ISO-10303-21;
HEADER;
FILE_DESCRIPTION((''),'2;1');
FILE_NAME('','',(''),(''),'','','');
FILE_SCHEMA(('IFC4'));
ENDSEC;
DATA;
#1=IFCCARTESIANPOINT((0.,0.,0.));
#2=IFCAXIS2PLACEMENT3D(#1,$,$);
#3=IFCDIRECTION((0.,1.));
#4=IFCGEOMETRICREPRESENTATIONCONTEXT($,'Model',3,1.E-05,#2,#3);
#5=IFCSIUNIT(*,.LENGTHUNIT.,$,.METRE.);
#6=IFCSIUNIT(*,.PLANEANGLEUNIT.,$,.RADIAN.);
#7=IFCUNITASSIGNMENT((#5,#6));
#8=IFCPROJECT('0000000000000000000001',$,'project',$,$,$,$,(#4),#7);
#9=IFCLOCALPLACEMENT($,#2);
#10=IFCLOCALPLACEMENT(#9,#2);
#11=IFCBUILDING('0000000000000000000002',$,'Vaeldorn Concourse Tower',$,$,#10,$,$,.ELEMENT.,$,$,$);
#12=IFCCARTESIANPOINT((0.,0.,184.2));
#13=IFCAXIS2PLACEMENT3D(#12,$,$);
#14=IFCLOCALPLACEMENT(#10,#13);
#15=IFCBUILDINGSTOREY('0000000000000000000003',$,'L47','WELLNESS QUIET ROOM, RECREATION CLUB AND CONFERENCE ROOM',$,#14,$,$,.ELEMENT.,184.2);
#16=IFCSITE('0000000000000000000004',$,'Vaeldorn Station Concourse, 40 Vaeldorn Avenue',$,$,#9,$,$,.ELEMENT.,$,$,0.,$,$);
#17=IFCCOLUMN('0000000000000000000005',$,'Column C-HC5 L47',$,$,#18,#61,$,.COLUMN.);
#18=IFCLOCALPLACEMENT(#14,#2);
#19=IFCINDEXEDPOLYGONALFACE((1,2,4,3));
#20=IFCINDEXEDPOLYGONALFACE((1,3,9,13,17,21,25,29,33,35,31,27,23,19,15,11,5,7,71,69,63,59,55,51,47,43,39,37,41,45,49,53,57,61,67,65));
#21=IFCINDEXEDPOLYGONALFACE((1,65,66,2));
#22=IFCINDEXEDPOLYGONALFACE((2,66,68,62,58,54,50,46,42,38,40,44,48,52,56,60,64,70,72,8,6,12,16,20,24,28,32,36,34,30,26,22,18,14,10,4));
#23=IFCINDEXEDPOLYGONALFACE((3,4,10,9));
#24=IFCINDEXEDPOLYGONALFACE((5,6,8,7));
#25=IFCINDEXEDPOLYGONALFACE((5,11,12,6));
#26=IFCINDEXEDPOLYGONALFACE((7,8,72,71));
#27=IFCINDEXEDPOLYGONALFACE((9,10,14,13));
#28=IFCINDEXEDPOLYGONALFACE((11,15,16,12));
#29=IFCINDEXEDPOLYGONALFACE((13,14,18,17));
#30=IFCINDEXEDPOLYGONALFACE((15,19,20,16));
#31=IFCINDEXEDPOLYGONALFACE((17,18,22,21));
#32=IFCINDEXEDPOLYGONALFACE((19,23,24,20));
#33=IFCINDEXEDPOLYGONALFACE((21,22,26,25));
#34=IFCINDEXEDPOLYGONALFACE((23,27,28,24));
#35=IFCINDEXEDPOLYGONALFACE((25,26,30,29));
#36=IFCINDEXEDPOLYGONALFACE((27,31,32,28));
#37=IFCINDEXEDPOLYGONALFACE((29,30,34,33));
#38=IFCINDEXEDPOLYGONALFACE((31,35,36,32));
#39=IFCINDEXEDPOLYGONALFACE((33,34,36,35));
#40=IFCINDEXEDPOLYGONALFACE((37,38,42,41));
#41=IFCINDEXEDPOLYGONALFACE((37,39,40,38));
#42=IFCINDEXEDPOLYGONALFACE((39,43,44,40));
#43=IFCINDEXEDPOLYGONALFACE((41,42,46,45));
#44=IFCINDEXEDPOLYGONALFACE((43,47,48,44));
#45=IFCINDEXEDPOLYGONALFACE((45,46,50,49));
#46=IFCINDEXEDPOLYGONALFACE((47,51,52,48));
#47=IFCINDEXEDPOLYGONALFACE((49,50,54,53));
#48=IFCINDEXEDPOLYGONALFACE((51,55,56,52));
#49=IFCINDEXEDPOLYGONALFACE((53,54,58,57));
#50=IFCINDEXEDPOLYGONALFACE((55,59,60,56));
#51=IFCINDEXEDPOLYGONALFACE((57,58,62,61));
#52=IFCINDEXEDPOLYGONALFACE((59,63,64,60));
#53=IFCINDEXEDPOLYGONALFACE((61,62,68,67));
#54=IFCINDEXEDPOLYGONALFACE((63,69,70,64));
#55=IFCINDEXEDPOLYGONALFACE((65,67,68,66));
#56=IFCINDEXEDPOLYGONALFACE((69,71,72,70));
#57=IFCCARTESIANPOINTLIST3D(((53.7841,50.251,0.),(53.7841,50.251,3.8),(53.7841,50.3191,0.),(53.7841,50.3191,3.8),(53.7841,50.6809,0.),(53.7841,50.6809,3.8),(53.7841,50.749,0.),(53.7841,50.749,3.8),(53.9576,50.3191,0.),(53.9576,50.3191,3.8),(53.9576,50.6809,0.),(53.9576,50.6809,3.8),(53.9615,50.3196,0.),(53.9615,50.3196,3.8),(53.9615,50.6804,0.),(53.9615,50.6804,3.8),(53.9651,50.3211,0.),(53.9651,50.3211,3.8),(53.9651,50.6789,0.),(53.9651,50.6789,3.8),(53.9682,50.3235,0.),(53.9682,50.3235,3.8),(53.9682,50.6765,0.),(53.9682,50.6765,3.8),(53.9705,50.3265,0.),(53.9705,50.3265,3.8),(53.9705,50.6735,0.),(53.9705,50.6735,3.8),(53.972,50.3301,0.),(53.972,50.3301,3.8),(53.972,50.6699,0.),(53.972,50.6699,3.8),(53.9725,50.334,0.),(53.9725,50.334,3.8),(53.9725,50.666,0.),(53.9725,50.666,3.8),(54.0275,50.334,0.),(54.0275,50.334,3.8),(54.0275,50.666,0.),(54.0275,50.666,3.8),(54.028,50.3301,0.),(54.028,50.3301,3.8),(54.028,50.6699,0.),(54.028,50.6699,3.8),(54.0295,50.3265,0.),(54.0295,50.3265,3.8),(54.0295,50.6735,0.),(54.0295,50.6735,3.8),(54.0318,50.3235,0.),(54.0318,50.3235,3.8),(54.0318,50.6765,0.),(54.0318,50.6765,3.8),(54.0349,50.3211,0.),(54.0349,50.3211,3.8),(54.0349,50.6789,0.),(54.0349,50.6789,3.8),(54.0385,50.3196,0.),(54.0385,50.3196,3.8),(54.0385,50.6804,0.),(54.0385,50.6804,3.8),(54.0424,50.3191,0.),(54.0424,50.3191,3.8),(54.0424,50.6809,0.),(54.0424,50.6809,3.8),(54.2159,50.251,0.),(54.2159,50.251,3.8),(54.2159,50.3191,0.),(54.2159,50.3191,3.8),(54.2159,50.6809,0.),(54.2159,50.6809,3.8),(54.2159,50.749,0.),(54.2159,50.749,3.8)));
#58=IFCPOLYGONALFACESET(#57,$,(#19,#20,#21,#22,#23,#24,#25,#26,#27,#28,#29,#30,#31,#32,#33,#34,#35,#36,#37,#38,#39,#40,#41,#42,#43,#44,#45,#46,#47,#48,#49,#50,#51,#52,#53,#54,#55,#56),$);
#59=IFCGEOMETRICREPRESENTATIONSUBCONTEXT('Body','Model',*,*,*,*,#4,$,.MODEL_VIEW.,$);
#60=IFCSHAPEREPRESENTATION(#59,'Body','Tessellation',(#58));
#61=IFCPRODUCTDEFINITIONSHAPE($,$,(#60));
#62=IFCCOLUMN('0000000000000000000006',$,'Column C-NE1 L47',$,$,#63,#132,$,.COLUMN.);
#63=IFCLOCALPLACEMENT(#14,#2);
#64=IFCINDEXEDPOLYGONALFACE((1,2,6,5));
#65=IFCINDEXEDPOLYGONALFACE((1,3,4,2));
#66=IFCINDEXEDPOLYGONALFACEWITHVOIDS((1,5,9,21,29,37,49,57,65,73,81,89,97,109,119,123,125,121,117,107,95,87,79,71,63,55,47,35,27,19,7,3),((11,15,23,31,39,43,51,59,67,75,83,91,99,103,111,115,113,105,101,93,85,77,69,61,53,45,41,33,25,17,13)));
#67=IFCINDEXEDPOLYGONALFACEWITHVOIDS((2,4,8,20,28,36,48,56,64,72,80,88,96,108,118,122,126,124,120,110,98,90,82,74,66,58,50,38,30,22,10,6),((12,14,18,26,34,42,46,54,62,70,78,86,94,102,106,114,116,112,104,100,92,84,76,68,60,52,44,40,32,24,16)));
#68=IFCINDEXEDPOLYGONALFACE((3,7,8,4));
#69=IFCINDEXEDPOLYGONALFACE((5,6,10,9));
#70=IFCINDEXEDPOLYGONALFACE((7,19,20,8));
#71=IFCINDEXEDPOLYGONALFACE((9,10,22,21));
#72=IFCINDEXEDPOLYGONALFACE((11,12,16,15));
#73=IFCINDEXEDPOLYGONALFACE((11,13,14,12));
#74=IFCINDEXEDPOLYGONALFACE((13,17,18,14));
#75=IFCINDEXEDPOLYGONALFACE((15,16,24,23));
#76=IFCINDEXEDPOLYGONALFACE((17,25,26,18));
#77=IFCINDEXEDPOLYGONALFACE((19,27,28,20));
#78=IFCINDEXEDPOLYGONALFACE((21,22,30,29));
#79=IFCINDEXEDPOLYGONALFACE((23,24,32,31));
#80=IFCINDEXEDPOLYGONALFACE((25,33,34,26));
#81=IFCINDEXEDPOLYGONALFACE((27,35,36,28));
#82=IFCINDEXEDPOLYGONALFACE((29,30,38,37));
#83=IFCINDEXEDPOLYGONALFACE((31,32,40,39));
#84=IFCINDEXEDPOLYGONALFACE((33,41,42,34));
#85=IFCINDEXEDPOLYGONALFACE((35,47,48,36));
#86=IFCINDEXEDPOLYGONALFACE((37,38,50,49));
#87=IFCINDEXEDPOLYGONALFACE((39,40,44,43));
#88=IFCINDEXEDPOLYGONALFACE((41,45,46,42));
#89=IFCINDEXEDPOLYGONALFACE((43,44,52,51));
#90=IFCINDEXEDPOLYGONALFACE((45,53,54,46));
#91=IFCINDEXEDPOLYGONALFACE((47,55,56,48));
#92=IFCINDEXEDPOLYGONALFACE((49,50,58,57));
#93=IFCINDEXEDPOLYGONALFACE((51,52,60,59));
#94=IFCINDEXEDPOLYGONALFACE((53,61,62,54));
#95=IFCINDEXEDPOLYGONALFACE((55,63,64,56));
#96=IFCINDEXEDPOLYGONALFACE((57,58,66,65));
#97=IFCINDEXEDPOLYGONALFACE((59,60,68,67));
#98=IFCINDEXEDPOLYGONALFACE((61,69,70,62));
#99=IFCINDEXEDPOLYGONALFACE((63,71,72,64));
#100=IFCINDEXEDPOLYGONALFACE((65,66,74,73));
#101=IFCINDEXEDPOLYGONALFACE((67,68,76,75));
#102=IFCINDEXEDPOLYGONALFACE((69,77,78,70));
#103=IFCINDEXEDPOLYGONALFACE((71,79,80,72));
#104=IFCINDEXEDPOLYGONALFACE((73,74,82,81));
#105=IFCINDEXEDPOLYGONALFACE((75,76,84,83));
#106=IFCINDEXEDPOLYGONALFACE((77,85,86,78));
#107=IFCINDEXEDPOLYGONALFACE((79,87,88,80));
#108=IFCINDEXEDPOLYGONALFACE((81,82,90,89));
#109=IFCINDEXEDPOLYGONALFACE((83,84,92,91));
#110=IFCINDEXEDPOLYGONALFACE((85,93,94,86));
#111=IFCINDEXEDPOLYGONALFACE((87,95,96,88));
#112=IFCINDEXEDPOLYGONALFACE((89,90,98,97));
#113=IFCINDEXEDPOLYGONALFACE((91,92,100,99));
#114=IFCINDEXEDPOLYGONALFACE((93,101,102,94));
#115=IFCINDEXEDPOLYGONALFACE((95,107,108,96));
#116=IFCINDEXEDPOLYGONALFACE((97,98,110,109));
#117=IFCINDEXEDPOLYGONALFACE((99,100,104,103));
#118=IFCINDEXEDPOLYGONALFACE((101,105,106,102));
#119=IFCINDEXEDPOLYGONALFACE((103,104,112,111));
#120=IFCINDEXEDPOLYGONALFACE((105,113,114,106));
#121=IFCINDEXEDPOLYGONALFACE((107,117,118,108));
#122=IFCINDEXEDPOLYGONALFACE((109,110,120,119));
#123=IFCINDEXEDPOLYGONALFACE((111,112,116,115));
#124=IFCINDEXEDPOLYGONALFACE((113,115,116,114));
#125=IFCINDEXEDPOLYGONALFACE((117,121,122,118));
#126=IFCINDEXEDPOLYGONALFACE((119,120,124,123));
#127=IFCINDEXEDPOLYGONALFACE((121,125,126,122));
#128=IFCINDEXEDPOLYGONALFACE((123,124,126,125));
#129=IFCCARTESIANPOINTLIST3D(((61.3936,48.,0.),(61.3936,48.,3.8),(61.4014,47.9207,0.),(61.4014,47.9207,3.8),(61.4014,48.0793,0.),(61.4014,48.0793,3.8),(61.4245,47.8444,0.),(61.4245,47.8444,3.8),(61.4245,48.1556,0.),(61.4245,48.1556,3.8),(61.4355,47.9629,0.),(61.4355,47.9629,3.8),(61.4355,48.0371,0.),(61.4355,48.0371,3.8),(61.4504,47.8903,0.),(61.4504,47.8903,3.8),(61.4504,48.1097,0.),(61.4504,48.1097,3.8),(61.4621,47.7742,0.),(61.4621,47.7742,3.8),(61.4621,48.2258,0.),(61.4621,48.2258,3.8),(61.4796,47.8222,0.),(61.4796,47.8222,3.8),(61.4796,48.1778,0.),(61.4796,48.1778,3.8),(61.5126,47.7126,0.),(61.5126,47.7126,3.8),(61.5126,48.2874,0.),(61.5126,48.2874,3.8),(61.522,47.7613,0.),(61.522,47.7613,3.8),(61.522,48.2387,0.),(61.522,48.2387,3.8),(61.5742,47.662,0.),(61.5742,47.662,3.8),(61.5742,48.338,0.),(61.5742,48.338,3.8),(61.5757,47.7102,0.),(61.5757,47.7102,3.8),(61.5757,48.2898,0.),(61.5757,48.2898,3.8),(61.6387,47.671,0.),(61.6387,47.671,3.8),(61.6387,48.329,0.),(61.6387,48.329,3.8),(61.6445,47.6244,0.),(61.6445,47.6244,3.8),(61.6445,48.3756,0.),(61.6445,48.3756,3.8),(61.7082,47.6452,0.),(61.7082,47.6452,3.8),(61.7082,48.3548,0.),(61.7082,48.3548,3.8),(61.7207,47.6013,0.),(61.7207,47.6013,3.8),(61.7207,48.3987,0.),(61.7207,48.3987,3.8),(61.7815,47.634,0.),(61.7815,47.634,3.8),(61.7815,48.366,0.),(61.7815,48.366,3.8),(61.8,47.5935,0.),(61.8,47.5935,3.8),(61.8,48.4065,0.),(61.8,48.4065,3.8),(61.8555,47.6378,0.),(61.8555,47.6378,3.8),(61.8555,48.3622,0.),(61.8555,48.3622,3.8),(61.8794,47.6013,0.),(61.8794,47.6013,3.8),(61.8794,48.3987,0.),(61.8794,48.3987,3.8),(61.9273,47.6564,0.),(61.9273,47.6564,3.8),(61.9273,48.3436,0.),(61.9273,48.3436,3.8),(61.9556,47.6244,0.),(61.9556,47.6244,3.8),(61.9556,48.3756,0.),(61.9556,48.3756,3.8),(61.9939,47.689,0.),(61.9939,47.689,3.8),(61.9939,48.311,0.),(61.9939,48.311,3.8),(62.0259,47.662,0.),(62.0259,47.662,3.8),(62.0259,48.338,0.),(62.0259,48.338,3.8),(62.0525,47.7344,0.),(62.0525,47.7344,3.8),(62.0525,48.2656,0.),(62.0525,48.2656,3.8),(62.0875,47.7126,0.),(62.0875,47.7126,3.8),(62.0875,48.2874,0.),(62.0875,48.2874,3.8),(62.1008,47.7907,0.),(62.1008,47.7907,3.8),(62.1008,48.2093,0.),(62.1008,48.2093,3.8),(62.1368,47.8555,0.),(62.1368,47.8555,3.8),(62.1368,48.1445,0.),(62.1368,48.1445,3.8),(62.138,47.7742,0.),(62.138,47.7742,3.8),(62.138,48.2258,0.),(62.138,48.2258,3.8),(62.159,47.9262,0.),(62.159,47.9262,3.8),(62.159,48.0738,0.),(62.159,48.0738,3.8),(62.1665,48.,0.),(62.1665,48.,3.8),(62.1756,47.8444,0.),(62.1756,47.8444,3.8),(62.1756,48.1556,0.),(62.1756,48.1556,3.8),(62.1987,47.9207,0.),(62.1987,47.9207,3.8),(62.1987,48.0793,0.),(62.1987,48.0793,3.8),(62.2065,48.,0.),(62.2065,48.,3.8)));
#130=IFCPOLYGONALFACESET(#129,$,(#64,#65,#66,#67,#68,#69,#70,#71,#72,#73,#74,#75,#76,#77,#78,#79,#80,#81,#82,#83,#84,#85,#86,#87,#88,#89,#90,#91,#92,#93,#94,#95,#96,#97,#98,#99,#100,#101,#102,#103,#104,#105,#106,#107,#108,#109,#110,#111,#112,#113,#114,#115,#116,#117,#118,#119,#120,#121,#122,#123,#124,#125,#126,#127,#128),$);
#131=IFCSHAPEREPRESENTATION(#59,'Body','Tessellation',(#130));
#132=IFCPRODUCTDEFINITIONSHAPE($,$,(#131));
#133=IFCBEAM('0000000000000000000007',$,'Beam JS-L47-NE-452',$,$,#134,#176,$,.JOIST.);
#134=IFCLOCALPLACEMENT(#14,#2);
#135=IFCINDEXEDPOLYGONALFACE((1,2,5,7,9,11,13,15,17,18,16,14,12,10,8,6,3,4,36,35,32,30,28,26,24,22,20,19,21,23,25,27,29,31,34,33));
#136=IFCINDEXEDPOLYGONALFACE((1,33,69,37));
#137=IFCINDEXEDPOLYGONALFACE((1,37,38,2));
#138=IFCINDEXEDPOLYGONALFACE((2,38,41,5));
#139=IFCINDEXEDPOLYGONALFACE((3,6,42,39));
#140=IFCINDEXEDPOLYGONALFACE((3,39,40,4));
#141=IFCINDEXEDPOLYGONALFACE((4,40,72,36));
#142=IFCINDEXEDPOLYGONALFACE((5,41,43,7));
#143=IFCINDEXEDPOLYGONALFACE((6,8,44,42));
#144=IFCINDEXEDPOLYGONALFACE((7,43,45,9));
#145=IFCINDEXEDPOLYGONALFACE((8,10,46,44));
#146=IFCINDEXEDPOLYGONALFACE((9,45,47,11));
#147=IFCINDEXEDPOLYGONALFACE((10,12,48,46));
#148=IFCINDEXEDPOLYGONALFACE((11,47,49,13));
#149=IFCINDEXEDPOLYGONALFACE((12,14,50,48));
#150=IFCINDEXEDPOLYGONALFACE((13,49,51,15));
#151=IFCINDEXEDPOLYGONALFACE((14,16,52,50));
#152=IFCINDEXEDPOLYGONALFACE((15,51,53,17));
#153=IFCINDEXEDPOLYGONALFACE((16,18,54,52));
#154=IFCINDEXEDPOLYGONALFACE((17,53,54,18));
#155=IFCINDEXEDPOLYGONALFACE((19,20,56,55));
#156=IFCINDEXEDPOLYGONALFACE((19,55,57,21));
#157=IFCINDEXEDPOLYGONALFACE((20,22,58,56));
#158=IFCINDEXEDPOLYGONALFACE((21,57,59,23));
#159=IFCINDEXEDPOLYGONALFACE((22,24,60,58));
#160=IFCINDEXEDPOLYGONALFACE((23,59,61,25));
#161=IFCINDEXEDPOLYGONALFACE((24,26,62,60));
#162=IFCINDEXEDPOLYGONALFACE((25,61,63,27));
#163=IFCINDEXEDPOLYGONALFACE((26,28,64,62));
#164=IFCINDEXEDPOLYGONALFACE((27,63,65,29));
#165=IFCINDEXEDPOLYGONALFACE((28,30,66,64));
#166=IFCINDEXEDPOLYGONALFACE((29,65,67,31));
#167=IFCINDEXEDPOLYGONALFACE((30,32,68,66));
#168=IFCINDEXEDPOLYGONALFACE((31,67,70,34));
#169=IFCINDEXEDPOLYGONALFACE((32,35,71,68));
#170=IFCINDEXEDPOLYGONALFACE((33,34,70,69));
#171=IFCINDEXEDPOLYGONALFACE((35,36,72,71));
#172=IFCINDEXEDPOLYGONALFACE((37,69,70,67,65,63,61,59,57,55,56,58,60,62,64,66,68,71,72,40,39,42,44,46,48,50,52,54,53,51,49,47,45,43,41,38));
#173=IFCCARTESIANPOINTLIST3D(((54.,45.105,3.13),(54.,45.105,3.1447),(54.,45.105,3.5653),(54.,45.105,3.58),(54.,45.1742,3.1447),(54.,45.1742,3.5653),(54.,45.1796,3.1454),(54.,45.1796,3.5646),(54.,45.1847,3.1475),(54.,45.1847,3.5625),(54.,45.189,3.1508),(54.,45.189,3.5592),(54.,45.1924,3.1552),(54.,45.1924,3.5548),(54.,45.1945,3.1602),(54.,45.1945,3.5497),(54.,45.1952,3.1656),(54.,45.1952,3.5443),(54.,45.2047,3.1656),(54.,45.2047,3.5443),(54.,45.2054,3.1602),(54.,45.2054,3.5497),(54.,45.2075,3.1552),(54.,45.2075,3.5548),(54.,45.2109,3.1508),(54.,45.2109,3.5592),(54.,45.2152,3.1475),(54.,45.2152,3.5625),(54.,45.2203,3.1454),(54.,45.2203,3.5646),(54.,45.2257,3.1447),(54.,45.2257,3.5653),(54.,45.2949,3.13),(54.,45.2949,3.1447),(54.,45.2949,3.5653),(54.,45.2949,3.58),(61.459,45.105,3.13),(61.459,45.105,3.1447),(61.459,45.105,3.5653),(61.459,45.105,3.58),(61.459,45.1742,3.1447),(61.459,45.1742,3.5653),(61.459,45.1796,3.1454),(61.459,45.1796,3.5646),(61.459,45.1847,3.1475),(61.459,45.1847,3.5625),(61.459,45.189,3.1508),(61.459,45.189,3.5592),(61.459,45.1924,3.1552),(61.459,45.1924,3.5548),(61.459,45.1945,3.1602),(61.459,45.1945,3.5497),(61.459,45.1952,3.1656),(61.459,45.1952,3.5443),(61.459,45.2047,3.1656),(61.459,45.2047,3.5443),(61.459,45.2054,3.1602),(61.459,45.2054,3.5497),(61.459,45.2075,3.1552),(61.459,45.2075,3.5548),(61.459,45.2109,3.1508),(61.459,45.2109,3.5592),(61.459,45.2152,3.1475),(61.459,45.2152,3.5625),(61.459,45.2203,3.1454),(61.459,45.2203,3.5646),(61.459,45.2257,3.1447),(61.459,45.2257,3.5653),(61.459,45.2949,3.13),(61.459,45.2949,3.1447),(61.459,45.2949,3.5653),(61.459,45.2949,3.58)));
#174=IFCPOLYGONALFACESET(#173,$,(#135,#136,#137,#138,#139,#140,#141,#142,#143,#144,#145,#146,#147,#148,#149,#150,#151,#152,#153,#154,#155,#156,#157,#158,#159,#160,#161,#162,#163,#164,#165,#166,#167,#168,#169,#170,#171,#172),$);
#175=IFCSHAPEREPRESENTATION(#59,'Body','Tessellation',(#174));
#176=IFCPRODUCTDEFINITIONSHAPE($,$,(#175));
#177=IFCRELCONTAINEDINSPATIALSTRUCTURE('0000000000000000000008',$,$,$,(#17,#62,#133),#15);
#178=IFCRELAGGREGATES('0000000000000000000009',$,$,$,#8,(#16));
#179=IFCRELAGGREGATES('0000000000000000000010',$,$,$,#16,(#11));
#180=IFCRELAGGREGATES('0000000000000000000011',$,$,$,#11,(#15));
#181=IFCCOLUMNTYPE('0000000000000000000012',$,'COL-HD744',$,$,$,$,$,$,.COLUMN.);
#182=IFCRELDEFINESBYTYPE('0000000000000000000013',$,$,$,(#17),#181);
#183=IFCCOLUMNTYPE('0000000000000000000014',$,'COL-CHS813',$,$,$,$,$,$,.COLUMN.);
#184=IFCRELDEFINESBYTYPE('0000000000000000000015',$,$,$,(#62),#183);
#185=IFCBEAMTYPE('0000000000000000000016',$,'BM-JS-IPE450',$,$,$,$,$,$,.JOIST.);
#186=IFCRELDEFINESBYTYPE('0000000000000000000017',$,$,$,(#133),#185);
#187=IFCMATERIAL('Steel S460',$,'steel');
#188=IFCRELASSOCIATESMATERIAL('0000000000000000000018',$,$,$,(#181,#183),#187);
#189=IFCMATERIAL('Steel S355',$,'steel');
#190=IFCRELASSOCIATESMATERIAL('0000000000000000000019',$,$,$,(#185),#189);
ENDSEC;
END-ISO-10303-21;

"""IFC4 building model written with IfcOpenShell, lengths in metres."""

from ifc_helpers import new_model, si_unit, direction, frame, origin, origin_2d, place, context, subcontext, project, spatial, hollow_circle, i_section, extrude, source, transform, mapped, material, material_profile, profile_set, type_object, element, save


model = new_model("IFC4")

# Units and contexts
model_context = context("Model", 3, precision=1e-05, world=origin(), true_north=direction((0.0, 1.0)))
body_context = subcontext(model_context, "Body", "Model", "MODEL_VIEW")
ifc_project = project(units=[si_unit("LENGTHUNIT", "METRE"), si_unit("PLANEANGLEUNIT", "RADIAN")], contexts=[model_context])

# Site, building, storey
site_placement = place(None, origin())
site = spatial("IfcSite", under=ifc_project, at=site_placement, Name="Vaeldorn Station Concourse, 40 Vaeldorn Avenue", CompositionType="ELEMENT", RefElevation=0.0)
building_placement = place(site_placement, origin())
building = spatial("IfcBuilding", under=site, at=building_placement, Name="Vaeldorn Concourse Tower", CompositionType="ELEMENT")
storey_placement = place(building_placement, frame((0.0, 0.0, 184.2)))
storey = spatial("IfcBuildingStorey", under=building, at=storey_placement, Name="L47", Description="WELLNESS QUIET ROOM, RECREATION CLUB AND CONFERENCE ROOM", CompositionType="ELEMENT", Elevation=184.2)

# Columns
ifc_material_1 = material(Name="Steel S460", Category="steel")
ifc_material_profile_1 = material_profile(ifc_material_1, i_section(OverallWidth=0.4319, OverallDepth=0.498, WebThickness=0.0549, FlangeThickness=0.0681, FilletRadius=0.0149, at=origin_2d()), Name="HD 400x744")
ifc_profile_set_1 = profile_set([ifc_material_profile_1], Name="Steel S460")
column_type_1 = type_object("IfcColumnType", Name="COL-HD744", PredefinedType="COLUMN", material=ifc_profile_set_1)
shared_shape_1 = source(origin(), body_context, "Body", "SweptSolid", [
    extrude(i_section(OverallWidth=0.4319, OverallDepth=0.498, WebThickness=0.0549, FlangeThickness=0.0681, FilletRadius=0.0149, at=origin_2d()), origin(), (0.0, 0.0, 1.0), 3.8),
])
column_1_placement = place(storey_placement, frame((54.0, 50.5, 0.0), z_axis=(0.0, 0.0, 1.0), x_axis=(1.0, 0.0, 0.0)))
element("IfcColumn", 1, at=column_1_placement, inside=storey, type_object=column_type_1, Name="Column C-HC5 L47", PredefinedType="COLUMN", context=body_context, shape_type="MappedRepresentation", body=[
    mapped(shared_shape_1, transform((0.0, 0.0, 0.0), scale=1.0)),
])
ifc_material_profile_2 = material_profile(ifc_material_1, hollow_circle(Radius=0.4065, WallThickness=0.04, at=origin_2d()), Name="CHS 813x40")
ifc_profile_set_2 = profile_set([ifc_material_profile_2], Name="Steel S460")
column_type_2 = type_object("IfcColumnType", Name="COL-CHS813", PredefinedType="COLUMN", material=ifc_profile_set_2)
shared_shape_2 = source(origin(), body_context, "Body", "SweptSolid", [
    extrude(hollow_circle(Radius=0.4065, WallThickness=0.04, at=origin_2d()), origin(), (0.0, 0.0, 1.0), 3.8),
])
column_2_placement = place(storey_placement, frame((61.8, 48.0, 0.0), z_axis=(0.0, 0.0, 1.0), x_axis=(1.0, 0.0, 0.0)))
element("IfcColumn", 2, at=column_2_placement, inside=storey, type_object=column_type_2, Name="Column C-NE1 L47", PredefinedType="COLUMN", context=body_context, shape_type="MappedRepresentation", body=[
    mapped(shared_shape_2, transform((0.0, 0.0, 0.0), scale=1.0)),
])

# Beam
ifc_material_2 = material(Name="Steel S355", Category="steel")
ifc_material_profile_3 = material_profile(ifc_material_2, i_section(OverallWidth=0.1899, OverallDepth=0.45, WebThickness=0.0095, FlangeThickness=0.0146, FilletRadius=0.021, at=origin_2d()), Name="IPE 450")
ifc_profile_set_3 = profile_set([ifc_material_profile_3], Name="Steel S355")
beam_type_1 = type_object("IfcBeamType", Name="BM-JS-IPE450", PredefinedType="JOIST", material=ifc_profile_set_3)
shared_shape_3 = source(origin(), body_context, "Body", "SweptSolid", [
    extrude(i_section(OverallWidth=0.1899, OverallDepth=0.45, WebThickness=0.0095, FlangeThickness=0.0146, FilletRadius=0.021, at=origin_2d()), origin(), (0.0, 0.0, 1.0), 7.459),
])
beam_1_placement = place(storey_placement, frame((54.0, 45.2, 3.355), z_axis=(1.0, 0.0, 0.0), x_axis=(0.0, 1.0, 0.0)))
element("IfcBeam", 3, at=beam_1_placement, inside=storey, type_object=beam_type_1, Name="Beam JS-L47-NE-452", PredefinedType="JOIST", context=body_context, shape_type="MappedRepresentation", body=[
    mapped(shared_shape_3, transform((0.0, 0.0, 0.0), scale=1.0)),
])

save(model, "model.ifc")
